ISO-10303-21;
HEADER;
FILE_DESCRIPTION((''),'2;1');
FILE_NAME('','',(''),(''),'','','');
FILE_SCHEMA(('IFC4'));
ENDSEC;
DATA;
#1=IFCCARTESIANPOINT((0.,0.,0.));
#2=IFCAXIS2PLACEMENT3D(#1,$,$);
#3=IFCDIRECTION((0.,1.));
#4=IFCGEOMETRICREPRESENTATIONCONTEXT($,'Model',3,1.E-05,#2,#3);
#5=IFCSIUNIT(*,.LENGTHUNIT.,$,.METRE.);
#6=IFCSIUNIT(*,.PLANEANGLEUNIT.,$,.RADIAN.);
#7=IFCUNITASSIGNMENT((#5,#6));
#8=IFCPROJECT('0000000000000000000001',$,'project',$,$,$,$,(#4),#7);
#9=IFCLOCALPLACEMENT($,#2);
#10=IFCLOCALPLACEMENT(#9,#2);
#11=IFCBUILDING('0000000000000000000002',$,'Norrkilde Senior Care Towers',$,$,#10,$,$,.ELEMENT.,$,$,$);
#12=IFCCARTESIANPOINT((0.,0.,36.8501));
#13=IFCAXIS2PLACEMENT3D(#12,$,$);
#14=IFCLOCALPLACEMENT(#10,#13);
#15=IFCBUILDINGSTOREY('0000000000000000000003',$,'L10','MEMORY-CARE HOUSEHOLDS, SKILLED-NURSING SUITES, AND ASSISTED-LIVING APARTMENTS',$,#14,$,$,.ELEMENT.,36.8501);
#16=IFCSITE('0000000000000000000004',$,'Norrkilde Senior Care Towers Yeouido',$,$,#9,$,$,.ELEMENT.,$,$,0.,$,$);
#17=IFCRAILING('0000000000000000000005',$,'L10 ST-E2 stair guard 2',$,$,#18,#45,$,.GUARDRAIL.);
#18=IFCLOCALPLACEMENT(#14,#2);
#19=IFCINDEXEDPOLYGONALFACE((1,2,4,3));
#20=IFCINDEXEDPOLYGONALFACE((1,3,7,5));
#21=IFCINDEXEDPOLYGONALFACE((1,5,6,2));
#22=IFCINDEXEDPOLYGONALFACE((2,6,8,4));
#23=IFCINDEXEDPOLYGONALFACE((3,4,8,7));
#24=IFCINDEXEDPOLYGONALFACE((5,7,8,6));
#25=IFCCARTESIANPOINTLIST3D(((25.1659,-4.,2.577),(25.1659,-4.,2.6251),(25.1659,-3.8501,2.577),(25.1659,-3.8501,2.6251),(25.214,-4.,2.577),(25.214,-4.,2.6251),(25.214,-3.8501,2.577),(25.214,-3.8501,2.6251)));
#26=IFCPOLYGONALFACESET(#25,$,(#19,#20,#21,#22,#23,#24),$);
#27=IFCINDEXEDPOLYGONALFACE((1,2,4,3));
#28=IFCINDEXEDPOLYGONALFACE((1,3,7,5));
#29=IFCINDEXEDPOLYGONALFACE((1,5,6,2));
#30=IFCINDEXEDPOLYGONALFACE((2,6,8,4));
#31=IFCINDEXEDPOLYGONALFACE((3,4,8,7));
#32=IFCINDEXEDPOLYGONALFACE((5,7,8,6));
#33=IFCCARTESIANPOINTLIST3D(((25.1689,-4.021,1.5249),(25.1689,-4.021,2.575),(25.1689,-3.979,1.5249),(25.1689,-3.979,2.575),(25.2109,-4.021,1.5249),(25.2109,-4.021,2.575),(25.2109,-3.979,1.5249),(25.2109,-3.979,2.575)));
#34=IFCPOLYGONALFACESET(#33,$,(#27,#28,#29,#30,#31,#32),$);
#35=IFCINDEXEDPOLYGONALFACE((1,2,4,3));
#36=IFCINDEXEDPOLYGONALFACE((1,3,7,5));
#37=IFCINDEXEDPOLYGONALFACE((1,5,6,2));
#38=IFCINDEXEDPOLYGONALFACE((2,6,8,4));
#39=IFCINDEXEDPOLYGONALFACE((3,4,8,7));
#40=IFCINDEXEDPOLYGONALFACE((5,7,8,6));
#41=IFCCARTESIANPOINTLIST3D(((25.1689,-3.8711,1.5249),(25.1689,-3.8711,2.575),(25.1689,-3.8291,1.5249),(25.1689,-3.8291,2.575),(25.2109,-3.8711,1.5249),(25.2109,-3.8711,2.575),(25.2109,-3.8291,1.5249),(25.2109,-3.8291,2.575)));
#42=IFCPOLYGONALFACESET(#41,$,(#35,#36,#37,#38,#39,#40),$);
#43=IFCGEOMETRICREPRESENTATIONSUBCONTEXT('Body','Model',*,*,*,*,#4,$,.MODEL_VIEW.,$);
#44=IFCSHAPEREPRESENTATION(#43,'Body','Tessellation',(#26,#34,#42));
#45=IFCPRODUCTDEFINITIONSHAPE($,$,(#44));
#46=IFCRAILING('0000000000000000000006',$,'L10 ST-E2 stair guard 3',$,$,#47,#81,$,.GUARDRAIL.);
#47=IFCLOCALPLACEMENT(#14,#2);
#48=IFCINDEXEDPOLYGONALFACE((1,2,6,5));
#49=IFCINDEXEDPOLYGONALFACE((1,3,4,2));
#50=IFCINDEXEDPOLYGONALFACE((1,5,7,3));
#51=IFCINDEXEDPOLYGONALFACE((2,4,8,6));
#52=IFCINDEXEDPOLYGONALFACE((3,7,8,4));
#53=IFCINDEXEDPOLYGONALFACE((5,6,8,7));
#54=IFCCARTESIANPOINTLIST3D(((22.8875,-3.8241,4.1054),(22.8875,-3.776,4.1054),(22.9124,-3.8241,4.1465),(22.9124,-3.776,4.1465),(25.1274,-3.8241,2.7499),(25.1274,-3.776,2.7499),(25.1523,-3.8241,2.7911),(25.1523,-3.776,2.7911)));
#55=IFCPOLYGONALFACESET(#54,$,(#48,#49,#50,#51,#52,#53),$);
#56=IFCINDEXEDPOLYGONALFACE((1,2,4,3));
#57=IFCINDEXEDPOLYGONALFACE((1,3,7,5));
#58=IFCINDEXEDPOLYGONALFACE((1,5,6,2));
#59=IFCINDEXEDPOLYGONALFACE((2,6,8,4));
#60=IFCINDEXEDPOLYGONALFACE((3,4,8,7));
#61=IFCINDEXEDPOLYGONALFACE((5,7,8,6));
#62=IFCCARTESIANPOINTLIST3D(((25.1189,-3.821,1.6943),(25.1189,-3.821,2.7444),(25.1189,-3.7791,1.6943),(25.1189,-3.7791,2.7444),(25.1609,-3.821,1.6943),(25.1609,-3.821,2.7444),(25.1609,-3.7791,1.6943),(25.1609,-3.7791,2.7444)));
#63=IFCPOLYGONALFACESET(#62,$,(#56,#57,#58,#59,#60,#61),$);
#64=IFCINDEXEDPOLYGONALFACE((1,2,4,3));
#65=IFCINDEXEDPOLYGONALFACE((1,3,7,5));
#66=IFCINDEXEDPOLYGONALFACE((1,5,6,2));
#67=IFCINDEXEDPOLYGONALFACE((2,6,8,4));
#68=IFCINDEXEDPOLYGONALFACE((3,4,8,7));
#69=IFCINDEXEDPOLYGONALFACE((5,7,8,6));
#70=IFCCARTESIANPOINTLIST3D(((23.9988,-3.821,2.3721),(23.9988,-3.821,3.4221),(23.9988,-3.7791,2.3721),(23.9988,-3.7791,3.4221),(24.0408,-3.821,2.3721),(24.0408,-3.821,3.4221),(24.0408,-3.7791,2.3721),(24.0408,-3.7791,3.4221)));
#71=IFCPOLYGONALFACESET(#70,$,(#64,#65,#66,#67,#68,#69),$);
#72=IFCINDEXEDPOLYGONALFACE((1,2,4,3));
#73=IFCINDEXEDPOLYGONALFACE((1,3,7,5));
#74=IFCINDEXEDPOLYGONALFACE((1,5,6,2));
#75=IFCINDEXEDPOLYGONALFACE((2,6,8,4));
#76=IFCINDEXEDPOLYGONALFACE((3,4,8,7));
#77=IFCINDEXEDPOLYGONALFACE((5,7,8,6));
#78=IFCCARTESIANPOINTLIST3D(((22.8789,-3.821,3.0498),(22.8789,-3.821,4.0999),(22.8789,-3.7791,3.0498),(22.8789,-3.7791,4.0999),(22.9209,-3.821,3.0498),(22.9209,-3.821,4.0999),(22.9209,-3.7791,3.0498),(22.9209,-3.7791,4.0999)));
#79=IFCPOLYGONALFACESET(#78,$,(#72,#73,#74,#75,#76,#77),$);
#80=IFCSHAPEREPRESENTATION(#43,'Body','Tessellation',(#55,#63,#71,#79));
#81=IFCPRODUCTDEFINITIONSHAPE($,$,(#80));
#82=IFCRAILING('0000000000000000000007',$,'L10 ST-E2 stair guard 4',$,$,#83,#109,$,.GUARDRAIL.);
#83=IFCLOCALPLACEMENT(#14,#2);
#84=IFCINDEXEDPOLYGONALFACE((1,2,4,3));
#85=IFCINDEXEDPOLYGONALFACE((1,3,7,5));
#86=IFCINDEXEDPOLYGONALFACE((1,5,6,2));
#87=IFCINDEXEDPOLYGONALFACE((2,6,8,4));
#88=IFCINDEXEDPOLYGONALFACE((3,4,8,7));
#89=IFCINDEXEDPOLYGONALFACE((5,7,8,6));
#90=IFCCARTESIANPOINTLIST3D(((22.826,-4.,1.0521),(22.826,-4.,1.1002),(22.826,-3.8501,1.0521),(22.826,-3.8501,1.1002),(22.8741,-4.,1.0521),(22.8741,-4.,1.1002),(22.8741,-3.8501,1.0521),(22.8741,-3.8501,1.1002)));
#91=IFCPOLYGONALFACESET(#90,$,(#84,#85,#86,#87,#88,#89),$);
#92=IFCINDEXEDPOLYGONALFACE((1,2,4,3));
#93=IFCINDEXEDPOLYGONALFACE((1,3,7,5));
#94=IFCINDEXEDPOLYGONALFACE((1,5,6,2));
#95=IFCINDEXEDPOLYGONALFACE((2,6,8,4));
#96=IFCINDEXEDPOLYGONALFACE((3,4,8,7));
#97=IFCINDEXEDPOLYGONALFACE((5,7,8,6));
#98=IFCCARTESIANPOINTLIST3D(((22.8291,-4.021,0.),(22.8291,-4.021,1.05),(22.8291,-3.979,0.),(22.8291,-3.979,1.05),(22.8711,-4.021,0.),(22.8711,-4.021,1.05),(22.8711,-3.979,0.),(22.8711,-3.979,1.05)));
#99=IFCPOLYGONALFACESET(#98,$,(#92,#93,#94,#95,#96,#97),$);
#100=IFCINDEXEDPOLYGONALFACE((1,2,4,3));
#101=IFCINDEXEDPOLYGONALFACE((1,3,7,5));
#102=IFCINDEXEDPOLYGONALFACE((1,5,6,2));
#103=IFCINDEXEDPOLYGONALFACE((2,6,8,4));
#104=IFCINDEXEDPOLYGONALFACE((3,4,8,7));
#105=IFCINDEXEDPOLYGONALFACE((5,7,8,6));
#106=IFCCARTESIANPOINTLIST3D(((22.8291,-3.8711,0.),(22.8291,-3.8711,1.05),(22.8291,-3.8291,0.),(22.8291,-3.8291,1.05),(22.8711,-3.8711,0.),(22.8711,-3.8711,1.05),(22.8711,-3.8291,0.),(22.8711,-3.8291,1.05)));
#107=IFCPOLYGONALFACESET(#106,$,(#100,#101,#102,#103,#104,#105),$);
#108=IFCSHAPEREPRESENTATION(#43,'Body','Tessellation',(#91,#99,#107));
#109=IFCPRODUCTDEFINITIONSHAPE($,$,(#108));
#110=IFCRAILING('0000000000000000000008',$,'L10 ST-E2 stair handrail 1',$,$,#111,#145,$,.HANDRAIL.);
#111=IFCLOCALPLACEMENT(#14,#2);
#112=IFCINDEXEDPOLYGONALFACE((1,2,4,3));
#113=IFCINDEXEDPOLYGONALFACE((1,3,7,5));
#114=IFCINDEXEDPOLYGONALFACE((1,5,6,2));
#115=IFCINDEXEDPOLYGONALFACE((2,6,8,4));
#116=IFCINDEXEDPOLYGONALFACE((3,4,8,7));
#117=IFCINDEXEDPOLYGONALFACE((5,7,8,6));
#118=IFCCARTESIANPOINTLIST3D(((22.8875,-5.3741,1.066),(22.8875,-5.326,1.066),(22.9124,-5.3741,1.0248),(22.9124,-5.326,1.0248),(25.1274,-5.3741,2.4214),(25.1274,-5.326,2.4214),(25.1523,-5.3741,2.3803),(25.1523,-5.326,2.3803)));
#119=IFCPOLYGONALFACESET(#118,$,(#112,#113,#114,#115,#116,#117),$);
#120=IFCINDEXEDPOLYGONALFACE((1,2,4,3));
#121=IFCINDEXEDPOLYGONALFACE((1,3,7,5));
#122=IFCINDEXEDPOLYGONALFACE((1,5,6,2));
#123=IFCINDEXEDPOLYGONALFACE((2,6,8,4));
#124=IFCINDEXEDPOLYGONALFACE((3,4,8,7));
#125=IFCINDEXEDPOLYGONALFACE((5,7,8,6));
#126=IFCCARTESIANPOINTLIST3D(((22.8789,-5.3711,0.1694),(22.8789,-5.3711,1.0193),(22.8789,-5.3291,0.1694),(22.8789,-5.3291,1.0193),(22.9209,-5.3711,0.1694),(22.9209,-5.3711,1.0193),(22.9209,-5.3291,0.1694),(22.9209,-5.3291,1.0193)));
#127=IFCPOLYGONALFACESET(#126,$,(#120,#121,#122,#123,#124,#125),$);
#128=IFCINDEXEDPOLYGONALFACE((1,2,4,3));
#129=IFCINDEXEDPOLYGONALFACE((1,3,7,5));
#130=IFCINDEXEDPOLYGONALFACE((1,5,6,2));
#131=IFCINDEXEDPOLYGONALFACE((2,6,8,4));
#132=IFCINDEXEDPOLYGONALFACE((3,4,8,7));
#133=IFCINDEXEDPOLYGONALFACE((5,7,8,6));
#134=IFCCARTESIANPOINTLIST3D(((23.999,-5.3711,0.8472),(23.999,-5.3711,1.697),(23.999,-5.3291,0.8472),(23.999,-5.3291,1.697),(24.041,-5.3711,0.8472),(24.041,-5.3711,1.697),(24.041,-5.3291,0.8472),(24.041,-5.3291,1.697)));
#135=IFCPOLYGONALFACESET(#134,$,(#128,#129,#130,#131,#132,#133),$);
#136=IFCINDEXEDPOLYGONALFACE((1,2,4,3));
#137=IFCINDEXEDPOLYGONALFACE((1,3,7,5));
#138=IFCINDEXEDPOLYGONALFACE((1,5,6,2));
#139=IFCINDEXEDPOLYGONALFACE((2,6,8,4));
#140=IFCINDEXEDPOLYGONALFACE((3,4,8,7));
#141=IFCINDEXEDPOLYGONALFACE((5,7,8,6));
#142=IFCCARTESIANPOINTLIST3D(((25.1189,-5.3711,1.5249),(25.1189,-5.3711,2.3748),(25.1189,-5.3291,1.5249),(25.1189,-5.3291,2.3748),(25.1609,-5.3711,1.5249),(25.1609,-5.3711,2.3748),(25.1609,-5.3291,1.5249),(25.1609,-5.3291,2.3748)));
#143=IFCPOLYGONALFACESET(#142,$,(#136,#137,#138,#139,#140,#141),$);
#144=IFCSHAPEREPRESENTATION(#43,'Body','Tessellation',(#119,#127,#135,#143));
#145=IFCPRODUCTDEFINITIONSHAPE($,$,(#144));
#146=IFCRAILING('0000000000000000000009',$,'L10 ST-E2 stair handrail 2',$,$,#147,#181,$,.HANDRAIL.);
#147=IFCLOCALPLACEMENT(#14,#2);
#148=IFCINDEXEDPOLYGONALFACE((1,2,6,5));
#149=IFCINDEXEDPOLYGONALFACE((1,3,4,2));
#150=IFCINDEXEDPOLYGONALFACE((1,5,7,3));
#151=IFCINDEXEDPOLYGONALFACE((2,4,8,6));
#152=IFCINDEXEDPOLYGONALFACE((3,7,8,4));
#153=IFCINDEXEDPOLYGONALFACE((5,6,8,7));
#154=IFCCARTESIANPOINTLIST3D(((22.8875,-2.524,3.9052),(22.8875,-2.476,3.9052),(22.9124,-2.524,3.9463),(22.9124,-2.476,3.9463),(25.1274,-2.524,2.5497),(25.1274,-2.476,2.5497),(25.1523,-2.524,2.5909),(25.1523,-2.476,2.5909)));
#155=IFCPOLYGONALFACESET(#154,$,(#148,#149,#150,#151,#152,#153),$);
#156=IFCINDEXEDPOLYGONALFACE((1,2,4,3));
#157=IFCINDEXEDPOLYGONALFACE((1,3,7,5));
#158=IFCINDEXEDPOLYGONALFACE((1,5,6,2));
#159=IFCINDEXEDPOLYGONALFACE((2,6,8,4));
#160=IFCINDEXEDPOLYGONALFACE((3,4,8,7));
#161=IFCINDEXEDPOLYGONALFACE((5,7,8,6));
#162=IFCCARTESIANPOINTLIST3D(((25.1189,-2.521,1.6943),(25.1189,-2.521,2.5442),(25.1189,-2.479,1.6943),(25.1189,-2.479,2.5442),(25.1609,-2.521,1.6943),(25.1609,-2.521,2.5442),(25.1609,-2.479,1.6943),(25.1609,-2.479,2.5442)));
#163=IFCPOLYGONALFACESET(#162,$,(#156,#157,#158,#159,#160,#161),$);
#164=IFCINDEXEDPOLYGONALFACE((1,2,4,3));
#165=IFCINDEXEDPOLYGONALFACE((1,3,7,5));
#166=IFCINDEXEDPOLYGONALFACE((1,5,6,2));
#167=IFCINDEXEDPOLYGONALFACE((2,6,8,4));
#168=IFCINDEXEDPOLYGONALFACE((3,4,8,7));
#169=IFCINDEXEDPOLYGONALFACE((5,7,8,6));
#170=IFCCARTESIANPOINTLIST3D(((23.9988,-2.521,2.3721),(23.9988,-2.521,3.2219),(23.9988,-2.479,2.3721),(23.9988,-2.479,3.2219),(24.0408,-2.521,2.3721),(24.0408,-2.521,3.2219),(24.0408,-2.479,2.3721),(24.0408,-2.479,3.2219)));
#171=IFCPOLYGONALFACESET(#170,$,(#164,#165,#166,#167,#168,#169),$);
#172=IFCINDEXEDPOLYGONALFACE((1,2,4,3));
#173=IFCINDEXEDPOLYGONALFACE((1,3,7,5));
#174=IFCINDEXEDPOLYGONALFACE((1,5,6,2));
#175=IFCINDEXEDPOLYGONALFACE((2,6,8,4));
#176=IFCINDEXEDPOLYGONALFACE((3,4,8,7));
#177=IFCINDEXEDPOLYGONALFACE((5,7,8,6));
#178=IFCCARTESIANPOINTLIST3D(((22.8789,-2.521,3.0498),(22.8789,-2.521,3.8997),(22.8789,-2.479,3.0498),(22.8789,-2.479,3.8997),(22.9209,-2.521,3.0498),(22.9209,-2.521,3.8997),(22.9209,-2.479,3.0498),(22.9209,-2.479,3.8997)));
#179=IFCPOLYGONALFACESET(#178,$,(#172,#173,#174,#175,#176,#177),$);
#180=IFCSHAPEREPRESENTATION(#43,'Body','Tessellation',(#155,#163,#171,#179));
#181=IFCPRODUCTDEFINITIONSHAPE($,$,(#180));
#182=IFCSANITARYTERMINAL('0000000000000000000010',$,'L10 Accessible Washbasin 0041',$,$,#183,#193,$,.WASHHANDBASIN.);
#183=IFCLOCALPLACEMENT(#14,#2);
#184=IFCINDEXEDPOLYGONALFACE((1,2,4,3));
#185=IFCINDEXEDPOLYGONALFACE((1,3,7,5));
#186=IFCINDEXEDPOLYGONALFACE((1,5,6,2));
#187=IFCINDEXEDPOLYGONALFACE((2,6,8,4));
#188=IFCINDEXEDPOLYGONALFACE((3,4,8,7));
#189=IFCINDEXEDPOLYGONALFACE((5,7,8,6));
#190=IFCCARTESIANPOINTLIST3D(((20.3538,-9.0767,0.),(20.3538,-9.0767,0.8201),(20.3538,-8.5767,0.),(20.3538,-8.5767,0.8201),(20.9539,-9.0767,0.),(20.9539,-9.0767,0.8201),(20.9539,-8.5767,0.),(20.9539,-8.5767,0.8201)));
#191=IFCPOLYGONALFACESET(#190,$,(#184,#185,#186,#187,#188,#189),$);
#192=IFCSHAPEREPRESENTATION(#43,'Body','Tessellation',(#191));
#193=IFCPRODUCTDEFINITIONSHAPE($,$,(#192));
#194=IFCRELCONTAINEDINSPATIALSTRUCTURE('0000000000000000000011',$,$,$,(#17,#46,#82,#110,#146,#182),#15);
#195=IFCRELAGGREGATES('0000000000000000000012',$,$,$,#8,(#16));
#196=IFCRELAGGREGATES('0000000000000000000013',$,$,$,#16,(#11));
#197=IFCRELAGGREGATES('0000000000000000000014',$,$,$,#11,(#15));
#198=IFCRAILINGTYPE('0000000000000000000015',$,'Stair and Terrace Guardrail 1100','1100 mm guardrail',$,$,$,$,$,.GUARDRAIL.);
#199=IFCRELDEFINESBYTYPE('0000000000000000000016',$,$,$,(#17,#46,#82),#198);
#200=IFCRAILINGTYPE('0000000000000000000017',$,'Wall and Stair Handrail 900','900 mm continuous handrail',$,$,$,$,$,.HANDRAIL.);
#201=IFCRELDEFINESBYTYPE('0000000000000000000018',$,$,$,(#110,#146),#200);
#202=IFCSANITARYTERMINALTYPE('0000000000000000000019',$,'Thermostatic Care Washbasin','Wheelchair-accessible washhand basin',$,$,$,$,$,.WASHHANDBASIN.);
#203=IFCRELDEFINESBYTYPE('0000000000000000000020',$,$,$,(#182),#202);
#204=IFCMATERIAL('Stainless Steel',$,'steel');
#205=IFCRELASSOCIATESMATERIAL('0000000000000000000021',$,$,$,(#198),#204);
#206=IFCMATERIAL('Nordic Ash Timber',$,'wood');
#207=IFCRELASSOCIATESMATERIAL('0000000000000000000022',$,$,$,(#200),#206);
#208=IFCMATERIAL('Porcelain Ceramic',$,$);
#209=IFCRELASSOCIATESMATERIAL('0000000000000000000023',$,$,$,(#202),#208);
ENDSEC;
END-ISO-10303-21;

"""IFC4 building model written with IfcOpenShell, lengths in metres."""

from ifc_helpers import new_model, si_unit, direction, frame, origin, origin_2d, place, context, subcontext, project, spatial, rectangle, extrude, source, transform, mapped, material, type_object, type_shapes, element, save


model = new_model("IFC4")

# Units and contexts
model_context = context("Model", 3, precision=1e-05, world=origin(), true_north=direction((0.0, 1.0)))
body_context = subcontext(model_context, "Body", "Model", "MODEL_VIEW")
ifc_project = project(units=[si_unit("LENGTHUNIT", "METRE"), si_unit("PLANEANGLEUNIT", "RADIAN")], contexts=[model_context])

# Site, building, storey
site_placement = place(None, origin())
site = spatial("IfcSite", under=ifc_project, at=site_placement, Name="Norrkilde Senior Care Towers Yeouido", CompositionType="ELEMENT", RefElevation=0.0)
building_placement = place(site_placement, origin())
building = spatial("IfcBuilding", under=site, at=building_placement, Name="Norrkilde Senior Care Towers", CompositionType="ELEMENT")
storey_placement = place(building_placement, frame((0.0, 0.0, 36.8501)))
storey = spatial("IfcBuildingStorey", under=building, at=storey_placement, Name="L10", Description="MEMORY-CARE HOUSEHOLDS, SKILLED-NURSING SUITES, AND ASSISTED-LIVING APARTMENTS", CompositionType="ELEMENT", Elevation=36.8501)

# Shared definitions
ifc_material_1 = material(Name="Nordic Ash Timber", Category="wood")

# Railings
ifc_material_2 = material(Name="Stainless Steel", Category="steel")
railing_type_1 = type_object("IfcRailingType", Name="Stair and Terrace Guardrail 1100", Description="1100 mm guardrail", PredefinedType="GUARDRAIL", material=ifc_material_2)
railing_1_placement = place(storey_placement, frame((25.1899, -4.0, 1.5249)))
element("IfcRailing", 1, at=railing_1_placement, inside=storey, type_object=railing_type_1, Name="L10 ST-E2 stair guard 2", PredefinedType="GUARDRAIL", context=body_context, shape_type="SweptSolid", body=[
    extrude(rectangle(XDim=0.0481, YDim=0.0481, at=origin_2d()), frame((0.0, 0.0, 1.0762), z_axis=(0.0, 1.0, 0.0), x_axis=(-1.0, 0.0, 0.0)), (0.0, 0.0, 1.0), 0.1499),
    extrude(rectangle(XDim=0.042, YDim=0.042, at=origin_2d()), origin(), (0.0, 0.0, 1.0), 1.05),
    extrude(rectangle(XDim=0.042, YDim=0.042, at=origin_2d()), frame((0.0, 0.1499, 0.0)), (0.0, 0.0, 1.0), 1.05),
])
railing_2_placement = place(storey_placement, frame((25.1399, -3.8, 1.6943)))
element("IfcRailing", 2, at=railing_2_placement, inside=storey, type_object=railing_type_1, Name="L10 ST-E2 stair guard 3", PredefinedType="GUARDRAIL", context=body_context, shape_type="SweptSolid", body=[
    extrude(rectangle(XDim=0.0481, YDim=0.0481, at=origin_2d()), frame((0.0, 0.0, 1.0762), z_axis=(-0.855553, 0.0, 0.517715), x_axis=(0.0, -1.0, 0.0)), (0.0, 0.0, 1.0), 2.6182),
    extrude(rectangle(XDim=0.042, YDim=0.042, at=origin_2d()), origin(), (0.0, 0.0, 1.0), 1.05),
    extrude(rectangle(XDim=0.042, YDim=0.042, at=origin_2d()), frame((-1.1201, 0.0, 0.6777)), (0.0, 0.0, 1.0), 1.05),
    extrude(rectangle(XDim=0.042, YDim=0.042, at=origin_2d()), frame((-2.24, 0.0, 1.3555)), (0.0, 0.0, 1.0), 1.05),
])
railing_3_placement = place(storey_placement, frame((22.8501, -4.0, 0.0)))
element("IfcRailing", 3, at=railing_3_placement, inside=storey, type_object=railing_type_1, Name="L10 ST-E2 stair guard 4", PredefinedType="GUARDRAIL", context=body_context, shape_type="SweptSolid", body=[
    extrude(rectangle(XDim=0.0481, YDim=0.0481, at=origin_2d()), frame((0.0, 0.0, 1.0762), z_axis=(0.0, 1.0, 0.0), x_axis=(-1.0, 0.0, 0.0)), (0.0, 0.0, 1.0), 0.1499),
    extrude(rectangle(XDim=0.042, YDim=0.042, at=origin_2d()), origin(), (0.0, 0.0, 1.0), 1.05),
    extrude(rectangle(XDim=0.042, YDim=0.042, at=origin_2d()), frame((0.0, 0.1499, 0.0)), (0.0, 0.0, 1.0), 1.05),
])
railing_type_2 = type_object("IfcRailingType", Name="Wall and Stair Handrail 900", Description="900 mm continuous handrail", PredefinedType="HANDRAIL", material=ifc_material_1)
railing_4_placement = place(storey_placement, frame((22.8999, -5.3501, 0.1694)))
element("IfcRailing", 4, at=railing_4_placement, inside=storey, type_object=railing_type_2, Name="L10 ST-E2 stair handrail 1", PredefinedType="HANDRAIL", context=body_context, shape_type="SweptSolid", body=[
    extrude(rectangle(XDim=0.0481, YDim=0.0481, at=origin_2d()), frame((0.0, 0.0, 0.876), z_axis=(0.855553, 0.0, 0.517715), x_axis=(0.0, 1.0, 0.0)), (0.0, 0.0, 1.0), 2.6182),
    extrude(rectangle(XDim=0.042, YDim=0.042, at=origin_2d()), origin(), (0.0, 0.0, 1.0), 0.8499),
    extrude(rectangle(XDim=0.042, YDim=0.042, at=origin_2d()), frame((1.1201, 0.0, 0.6777)), (0.0, 0.0, 1.0), 0.8499),
    extrude(rectangle(XDim=0.042, YDim=0.042, at=origin_2d()), frame((2.24, 0.0, 1.3555)), (0.0, 0.0, 1.0), 0.8499),
])
railing_5_placement = place(storey_placement, frame((25.1399, -2.5, 1.6943)))
element("IfcRailing", 5, at=railing_5_placement, inside=storey, type_object=railing_type_2, Name="L10 ST-E2 stair handrail 2", PredefinedType="HANDRAIL", context=body_context, shape_type="SweptSolid", body=[
    extrude(rectangle(XDim=0.0481, YDim=0.0481, at=origin_2d()), frame((0.0, 0.0, 0.876), z_axis=(-0.855553, 0.0, 0.517715), x_axis=(0.0, -1.0, 0.0)), (0.0, 0.0, 1.0), 2.6182),
    extrude(rectangle(XDim=0.042, YDim=0.042, at=origin_2d()), origin(), (0.0, 0.0, 1.0), 0.8499),
    extrude(rectangle(XDim=0.042, YDim=0.042, at=origin_2d()), frame((-1.1201, 0.0, 0.6777)), (0.0, 0.0, 1.0), 0.8499),
    extrude(rectangle(XDim=0.042, YDim=0.042, at=origin_2d()), frame((-2.24, 0.0, 1.3555)), (0.0, 0.0, 1.0), 0.8499),
])

# Sanitary terminal
ifc_material_3 = material(Name="Porcelain Ceramic")
sanitary_terminal_type = type_object("IfcSanitaryTerminalType", Name="Thermostatic Care Washbasin", Description="Wheelchair-accessible washhand basin", PredefinedType="WASHHANDBASIN", material=ifc_material_3)
shared_shape_1 = source(origin(), body_context, "Body", "SweptSolid", [
    extrude(rectangle(XDim=0.6001, YDim=0.5, at=origin_2d()), origin(), (0.0, 0.0, 1.0), 0.8201),
])
type_shapes(sanitary_terminal_type, [shared_shape_1])
sanitary_terminal_placement = place(storey_placement, frame((20.6538, -8.8267, 0.0), z_axis=(0.0, 0.0, 1.0), x_axis=(1.0, 0.0, 0.0)))
element("IfcSanitaryTerminal", 6, at=sanitary_terminal_placement, inside=storey, type_object=sanitary_terminal_type, Name="L10 Accessible Washbasin 0041", PredefinedType="WASHHANDBASIN", context=body_context, shape_type="MappedRepresentation", body=[
    mapped(shared_shape_1, transform((0.0, 0.0, 0.0), x_axis=(1.0, 0.0, 0.0), y_axis=(0.0, 1.0, 0.0), z_axis=(0.0, 0.0, 1.0), scale=1.0)),
])

save(model, "model.ifc")
